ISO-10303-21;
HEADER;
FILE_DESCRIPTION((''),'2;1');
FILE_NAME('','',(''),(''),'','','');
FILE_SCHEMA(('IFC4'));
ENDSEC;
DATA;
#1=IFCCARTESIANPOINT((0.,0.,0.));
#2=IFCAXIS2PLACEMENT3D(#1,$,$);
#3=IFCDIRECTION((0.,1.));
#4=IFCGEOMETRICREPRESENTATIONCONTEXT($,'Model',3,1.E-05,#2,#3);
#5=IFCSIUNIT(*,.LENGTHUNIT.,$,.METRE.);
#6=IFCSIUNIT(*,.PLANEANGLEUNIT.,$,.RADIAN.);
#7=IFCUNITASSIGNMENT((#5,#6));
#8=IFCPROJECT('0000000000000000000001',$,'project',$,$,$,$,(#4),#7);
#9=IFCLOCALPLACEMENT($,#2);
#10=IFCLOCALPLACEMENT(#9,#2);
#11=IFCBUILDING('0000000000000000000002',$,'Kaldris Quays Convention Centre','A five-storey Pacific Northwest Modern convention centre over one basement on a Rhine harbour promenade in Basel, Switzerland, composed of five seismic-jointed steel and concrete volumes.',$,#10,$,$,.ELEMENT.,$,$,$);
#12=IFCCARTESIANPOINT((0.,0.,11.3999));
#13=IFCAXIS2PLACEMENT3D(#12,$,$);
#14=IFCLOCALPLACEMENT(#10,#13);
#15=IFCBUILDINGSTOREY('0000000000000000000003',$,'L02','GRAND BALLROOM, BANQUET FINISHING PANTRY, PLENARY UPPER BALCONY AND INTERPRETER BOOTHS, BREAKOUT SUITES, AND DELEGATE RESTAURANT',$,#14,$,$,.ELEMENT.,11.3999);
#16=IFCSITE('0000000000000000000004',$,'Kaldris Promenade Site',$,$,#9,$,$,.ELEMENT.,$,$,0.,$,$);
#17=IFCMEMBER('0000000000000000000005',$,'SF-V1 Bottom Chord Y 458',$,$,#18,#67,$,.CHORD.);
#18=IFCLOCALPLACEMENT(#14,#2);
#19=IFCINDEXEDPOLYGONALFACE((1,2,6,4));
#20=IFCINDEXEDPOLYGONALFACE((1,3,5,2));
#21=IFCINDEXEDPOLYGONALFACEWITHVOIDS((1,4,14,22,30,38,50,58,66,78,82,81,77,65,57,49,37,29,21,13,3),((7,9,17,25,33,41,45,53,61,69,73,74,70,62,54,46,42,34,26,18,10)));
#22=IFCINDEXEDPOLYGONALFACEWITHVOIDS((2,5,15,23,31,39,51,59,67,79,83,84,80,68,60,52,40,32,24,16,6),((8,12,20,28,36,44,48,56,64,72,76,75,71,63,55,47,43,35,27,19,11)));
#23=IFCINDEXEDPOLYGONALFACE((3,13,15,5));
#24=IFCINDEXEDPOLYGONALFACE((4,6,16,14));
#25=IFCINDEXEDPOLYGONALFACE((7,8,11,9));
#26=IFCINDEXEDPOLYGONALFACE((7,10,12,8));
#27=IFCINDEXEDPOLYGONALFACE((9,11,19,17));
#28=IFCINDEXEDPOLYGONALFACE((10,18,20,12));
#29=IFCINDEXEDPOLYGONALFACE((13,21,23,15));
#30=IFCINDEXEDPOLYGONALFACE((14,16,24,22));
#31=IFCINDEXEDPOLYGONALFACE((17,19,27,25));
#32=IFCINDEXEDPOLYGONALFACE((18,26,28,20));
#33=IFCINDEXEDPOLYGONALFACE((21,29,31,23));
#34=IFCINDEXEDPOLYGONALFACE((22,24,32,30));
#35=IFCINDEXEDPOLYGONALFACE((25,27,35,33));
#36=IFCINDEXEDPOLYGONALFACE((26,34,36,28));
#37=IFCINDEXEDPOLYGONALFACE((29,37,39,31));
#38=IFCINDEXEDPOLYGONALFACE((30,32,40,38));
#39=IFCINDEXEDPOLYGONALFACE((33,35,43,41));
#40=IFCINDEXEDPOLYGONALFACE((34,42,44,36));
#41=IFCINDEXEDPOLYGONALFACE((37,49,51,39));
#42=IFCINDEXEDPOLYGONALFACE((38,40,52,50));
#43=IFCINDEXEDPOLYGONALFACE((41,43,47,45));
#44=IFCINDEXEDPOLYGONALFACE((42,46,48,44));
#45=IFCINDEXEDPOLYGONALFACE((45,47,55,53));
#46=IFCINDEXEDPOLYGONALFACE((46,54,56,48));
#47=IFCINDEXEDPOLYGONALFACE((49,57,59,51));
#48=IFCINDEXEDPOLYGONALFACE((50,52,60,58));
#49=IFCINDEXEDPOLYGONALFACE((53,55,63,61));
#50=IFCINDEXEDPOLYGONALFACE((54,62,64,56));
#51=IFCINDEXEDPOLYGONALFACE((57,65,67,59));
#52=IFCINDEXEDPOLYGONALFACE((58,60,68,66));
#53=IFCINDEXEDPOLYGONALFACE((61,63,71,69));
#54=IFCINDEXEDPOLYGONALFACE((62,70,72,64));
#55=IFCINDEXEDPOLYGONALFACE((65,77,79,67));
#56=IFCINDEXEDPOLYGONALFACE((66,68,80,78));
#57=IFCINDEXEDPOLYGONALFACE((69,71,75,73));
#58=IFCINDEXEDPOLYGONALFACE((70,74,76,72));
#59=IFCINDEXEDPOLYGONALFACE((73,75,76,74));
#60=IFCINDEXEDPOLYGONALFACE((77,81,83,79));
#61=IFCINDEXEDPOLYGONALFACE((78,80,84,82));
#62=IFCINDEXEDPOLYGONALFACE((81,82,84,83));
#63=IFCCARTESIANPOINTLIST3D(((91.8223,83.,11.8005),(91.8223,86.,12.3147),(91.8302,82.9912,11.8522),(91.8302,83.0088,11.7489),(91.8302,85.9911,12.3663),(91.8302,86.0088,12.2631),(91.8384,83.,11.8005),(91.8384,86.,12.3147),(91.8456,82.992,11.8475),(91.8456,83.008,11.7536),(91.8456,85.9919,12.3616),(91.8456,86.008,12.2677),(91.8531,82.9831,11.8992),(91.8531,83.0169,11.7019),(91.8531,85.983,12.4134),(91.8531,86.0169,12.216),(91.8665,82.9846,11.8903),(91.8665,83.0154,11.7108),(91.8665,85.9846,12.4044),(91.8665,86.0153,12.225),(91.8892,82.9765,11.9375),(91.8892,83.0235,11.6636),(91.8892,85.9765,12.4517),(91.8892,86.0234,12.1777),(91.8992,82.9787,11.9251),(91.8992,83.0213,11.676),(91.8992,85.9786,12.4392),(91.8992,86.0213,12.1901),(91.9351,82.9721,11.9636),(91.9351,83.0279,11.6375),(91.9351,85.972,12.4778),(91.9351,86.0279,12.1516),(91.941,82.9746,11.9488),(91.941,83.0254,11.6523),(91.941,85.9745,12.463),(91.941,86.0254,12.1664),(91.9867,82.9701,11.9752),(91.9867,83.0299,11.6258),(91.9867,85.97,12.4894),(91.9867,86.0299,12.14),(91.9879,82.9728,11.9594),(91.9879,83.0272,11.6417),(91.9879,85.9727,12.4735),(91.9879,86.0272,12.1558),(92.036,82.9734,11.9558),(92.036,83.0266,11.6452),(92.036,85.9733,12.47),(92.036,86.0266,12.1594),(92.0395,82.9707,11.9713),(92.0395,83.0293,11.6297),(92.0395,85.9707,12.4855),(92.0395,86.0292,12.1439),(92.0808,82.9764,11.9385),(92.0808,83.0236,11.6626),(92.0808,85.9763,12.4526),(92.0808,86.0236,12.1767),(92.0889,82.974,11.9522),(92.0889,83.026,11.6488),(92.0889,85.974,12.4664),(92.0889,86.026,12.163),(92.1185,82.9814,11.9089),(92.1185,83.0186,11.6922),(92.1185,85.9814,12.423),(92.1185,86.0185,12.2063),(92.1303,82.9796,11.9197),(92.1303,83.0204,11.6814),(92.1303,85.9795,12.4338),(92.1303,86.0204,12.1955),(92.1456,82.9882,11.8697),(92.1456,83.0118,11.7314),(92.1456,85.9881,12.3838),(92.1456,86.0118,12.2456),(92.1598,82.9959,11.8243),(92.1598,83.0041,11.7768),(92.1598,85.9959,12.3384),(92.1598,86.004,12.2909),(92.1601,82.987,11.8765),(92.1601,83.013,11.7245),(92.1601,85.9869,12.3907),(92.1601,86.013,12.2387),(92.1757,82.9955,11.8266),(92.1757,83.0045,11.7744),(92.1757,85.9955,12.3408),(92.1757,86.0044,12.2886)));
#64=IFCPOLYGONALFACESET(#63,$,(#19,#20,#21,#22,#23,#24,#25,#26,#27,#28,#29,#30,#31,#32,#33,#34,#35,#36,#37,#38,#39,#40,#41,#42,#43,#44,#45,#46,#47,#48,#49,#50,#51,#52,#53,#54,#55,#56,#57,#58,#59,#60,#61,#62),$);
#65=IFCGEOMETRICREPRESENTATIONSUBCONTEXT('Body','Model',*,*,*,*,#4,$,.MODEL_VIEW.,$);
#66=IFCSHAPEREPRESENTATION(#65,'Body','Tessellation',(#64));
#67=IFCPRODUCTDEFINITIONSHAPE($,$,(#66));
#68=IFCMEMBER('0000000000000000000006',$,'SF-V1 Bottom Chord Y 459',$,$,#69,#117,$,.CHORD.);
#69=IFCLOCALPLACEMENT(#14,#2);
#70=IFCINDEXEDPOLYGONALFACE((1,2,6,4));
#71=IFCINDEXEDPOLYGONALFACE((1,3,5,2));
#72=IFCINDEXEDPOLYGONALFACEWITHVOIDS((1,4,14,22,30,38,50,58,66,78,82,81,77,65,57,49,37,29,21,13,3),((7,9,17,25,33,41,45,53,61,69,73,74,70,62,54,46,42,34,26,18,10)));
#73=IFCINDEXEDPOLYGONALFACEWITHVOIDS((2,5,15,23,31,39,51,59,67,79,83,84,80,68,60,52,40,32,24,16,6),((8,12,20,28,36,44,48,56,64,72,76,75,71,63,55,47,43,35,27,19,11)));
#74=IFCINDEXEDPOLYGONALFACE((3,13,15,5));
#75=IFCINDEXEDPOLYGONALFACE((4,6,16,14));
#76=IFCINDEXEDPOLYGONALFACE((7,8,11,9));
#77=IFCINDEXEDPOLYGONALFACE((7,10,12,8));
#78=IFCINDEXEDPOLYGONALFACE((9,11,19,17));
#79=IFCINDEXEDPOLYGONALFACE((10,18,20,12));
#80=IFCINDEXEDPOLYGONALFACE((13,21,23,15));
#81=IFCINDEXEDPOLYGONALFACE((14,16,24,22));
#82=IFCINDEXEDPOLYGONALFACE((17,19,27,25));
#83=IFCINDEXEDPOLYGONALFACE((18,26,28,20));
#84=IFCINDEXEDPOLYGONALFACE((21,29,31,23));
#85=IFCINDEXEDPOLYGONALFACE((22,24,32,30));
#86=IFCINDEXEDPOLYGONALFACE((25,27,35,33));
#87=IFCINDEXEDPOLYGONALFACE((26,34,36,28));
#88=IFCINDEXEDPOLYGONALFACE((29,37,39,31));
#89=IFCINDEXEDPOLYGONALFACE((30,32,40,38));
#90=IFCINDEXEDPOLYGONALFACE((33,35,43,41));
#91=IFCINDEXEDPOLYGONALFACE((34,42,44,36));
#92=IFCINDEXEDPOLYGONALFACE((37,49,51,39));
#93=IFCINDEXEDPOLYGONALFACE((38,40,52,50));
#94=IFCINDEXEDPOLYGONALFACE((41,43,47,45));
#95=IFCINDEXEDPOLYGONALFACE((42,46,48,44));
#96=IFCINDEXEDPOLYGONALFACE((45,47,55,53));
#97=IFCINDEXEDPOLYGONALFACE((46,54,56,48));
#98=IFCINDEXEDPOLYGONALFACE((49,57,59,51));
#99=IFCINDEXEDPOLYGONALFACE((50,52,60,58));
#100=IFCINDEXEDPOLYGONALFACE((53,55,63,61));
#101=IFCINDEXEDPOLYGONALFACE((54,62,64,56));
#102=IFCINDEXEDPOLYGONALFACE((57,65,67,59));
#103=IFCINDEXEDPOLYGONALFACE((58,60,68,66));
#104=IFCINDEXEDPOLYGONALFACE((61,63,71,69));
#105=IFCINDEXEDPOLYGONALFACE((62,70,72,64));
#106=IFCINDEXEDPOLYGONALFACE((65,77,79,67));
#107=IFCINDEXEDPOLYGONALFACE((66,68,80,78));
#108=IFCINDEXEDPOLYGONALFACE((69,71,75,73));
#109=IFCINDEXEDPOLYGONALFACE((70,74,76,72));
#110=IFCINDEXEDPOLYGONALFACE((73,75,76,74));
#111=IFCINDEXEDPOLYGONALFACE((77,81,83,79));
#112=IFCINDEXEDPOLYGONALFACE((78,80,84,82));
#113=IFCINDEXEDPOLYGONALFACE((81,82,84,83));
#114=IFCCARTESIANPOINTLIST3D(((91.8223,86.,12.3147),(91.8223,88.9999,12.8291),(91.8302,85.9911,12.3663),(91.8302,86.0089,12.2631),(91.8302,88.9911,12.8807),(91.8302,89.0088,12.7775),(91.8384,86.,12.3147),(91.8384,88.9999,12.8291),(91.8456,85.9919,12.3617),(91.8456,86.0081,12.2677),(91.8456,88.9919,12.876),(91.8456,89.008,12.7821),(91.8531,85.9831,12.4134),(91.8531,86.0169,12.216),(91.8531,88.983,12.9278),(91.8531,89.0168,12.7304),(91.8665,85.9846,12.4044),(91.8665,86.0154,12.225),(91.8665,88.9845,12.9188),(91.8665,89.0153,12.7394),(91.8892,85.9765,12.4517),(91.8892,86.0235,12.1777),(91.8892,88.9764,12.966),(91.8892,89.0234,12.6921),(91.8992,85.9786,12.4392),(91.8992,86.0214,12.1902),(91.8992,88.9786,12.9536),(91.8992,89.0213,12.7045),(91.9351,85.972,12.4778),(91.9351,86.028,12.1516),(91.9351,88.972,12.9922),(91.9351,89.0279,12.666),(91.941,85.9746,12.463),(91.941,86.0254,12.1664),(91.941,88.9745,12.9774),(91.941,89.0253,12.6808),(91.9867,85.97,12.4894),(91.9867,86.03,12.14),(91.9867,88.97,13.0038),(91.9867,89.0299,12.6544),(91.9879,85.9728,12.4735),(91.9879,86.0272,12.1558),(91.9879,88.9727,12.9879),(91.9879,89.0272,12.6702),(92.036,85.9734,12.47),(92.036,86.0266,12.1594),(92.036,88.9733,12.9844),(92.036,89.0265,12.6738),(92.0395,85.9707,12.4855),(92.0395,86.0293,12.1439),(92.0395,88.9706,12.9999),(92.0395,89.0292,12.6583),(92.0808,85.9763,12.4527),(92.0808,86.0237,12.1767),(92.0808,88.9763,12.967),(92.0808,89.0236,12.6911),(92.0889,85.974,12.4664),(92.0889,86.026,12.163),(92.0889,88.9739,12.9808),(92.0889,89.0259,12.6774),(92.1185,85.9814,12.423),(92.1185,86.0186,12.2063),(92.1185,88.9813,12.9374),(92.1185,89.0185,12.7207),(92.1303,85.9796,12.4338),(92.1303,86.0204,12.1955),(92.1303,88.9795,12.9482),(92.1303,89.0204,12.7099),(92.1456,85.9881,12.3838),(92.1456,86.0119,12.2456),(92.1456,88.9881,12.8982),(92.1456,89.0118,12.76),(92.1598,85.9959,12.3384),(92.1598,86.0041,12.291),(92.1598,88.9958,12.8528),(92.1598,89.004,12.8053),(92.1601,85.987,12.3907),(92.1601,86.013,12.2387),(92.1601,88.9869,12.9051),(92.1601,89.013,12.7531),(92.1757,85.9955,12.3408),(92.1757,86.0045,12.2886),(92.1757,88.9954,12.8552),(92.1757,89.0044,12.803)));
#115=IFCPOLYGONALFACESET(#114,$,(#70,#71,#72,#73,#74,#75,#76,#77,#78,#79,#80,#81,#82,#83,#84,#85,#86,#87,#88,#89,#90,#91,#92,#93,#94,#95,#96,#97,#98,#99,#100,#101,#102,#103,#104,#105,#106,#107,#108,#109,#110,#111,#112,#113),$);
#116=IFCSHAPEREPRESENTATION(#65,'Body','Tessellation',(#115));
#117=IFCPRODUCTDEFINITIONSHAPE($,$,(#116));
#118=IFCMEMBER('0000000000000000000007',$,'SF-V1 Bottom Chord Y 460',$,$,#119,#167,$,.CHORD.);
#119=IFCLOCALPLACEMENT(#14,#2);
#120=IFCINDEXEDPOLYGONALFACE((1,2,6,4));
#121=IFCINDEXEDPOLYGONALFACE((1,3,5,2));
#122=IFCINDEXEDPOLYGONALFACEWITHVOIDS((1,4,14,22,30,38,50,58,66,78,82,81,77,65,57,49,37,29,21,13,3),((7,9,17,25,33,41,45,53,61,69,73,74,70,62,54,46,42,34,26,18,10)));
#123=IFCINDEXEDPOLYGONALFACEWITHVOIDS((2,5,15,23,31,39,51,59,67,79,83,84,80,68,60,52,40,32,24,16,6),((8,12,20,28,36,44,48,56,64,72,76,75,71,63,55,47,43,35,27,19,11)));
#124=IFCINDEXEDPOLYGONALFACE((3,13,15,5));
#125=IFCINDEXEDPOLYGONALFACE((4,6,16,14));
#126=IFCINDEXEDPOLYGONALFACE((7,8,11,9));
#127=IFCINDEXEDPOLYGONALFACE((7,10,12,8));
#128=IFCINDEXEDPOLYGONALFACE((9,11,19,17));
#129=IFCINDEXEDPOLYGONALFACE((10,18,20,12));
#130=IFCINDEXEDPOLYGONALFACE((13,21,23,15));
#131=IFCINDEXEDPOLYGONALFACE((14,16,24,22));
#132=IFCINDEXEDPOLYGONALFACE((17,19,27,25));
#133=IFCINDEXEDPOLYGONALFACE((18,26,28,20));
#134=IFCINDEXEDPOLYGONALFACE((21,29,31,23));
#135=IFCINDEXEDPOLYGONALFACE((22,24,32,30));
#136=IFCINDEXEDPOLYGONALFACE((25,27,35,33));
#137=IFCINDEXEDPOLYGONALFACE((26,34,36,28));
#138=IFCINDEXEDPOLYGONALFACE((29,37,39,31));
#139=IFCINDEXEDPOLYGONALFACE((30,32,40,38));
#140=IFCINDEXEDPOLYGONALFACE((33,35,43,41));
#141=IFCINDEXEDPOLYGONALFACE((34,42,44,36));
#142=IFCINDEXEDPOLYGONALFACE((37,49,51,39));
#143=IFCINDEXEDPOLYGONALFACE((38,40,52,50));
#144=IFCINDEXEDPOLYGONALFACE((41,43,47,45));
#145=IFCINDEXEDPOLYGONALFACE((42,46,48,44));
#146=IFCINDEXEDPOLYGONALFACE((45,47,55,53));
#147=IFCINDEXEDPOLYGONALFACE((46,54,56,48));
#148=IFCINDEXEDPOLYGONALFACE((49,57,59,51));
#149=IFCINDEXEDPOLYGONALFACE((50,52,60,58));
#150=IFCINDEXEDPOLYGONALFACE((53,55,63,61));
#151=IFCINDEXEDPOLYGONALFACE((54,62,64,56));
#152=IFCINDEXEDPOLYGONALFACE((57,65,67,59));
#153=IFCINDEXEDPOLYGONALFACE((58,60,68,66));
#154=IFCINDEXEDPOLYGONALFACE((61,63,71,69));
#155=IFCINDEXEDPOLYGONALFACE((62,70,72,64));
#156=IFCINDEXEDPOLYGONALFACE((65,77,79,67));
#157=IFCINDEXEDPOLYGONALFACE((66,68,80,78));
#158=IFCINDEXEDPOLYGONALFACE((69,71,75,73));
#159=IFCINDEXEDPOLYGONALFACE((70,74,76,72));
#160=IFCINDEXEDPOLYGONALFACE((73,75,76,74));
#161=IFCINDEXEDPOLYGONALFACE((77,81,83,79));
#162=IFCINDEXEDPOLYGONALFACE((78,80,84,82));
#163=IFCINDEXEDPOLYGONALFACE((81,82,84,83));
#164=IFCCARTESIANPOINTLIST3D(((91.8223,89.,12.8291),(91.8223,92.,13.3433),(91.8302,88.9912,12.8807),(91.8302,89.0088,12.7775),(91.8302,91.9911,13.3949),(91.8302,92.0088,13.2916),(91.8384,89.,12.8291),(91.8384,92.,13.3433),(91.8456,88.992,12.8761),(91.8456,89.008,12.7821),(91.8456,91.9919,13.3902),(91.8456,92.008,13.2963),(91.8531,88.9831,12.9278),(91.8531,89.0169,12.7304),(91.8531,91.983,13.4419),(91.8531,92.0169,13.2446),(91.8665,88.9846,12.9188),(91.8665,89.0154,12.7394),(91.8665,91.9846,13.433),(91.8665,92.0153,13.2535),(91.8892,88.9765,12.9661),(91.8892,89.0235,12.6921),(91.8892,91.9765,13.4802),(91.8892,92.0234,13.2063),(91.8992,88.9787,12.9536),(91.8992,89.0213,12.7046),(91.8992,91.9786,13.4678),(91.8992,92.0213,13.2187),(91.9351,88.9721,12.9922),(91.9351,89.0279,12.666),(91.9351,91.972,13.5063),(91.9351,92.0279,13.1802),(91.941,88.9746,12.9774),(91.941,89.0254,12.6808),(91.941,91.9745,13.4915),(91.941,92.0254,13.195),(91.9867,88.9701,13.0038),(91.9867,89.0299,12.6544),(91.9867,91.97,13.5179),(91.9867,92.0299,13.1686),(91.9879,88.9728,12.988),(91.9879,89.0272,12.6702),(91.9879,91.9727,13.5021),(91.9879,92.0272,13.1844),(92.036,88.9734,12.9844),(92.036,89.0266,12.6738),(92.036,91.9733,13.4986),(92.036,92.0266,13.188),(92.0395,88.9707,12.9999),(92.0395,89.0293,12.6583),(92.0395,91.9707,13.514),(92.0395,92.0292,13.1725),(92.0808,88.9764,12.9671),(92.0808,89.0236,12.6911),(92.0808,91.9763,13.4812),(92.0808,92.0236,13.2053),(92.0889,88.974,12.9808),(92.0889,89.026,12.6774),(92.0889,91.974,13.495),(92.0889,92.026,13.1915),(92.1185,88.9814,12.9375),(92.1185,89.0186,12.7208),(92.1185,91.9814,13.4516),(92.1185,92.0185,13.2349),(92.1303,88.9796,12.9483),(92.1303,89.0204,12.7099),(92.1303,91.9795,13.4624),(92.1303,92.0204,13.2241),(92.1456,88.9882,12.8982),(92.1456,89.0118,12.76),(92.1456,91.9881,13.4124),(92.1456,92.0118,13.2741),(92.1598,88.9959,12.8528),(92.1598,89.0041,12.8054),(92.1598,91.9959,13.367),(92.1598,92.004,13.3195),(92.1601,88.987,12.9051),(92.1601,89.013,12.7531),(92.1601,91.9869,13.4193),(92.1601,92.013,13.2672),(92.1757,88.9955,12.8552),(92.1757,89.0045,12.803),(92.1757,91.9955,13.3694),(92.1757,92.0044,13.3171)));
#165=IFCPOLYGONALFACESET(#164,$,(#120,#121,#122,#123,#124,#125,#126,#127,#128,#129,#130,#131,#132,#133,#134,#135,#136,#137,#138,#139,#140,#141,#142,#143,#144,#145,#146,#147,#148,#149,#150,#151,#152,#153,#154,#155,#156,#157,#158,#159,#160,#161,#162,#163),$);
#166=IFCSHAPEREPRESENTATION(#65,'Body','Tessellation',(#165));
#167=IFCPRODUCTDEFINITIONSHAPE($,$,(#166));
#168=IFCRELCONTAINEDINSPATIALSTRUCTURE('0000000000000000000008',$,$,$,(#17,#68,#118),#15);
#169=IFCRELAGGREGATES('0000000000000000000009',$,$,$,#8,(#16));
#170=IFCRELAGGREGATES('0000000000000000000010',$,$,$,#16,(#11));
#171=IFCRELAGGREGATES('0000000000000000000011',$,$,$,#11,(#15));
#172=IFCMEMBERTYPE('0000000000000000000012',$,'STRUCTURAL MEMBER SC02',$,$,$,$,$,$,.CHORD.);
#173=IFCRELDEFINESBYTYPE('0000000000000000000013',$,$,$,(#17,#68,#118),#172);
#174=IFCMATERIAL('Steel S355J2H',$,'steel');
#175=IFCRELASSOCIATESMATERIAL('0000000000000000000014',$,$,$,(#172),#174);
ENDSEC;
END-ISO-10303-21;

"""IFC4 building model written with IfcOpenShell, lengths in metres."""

from ifc_helpers import new_model, si_unit, direction, frame, origin, origin_2d, place, context, subcontext, project, spatial, hollow_circle, extrude, material, material_profile, profile_set, type_object, element, save


model = new_model("IFC4")

# Units and contexts
model_context = context("Model", 3, precision=1e-05, world=origin(), true_north=direction((0.0, 1.0)))
body_context = subcontext(model_context, "Body", "Model", "MODEL_VIEW")
ifc_project = project(units=[si_unit("LENGTHUNIT", "METRE"), si_unit("PLANEANGLEUNIT", "RADIAN")], contexts=[model_context])

# Site, building, storey
site_placement = place(None, origin())
site = spatial("IfcSite", under=ifc_project, at=site_placement, Name="Kaldris Promenade Site", CompositionType="ELEMENT", RefElevation=0.0)
building_placement = place(site_placement, origin())
building = spatial("IfcBuilding", under=site, at=building_placement, Name="Kaldris Quays Convention Centre", Description="A five-storey Pacific Northwest Modern convention centre over one basement on a Rhine harbour promenade in Basel, Switzerland, composed of five seismic-jointed steel and concrete volumes.", CompositionType="ELEMENT")
storey_placement = place(building_placement, frame((0.0, 0.0, 11.3999)))
storey = spatial("IfcBuildingStorey", under=building, at=storey_placement, Name="L02", Description="GRAND BALLROOM, BANQUET FINISHING PANTRY, PLENARY UPPER BALCONY AND INTERPRETER BOOTHS, BREAKOUT SUITES, AND DELEGATE RESTAURANT", CompositionType="ELEMENT", Elevation=11.3999)

# Members
ifc_material = material(Name="Steel S355J2H", Category="steel")
ifc_material_profile_1 = material_profile(ifc_material, hollow_circle(Radius=0.1777, WallThickness=0.0161, at=origin_2d()), Name="CHS 355.6x16")
ifc_profile_set_1 = profile_set([ifc_material_profile_1], Name="Steel S355J2H")
member_type_1 = type_object("IfcMemberType", Name="STRUCTURAL MEMBER SC02", PredefinedType="CHORD", material=ifc_profile_set_1)
for number, where, z_axis, x_axis, name in (
    (1, (92.0, 83.0, 11.8005), (0.0, 0.985629, 0.168924), (-1.0, 0.0, 0.0), "SF-V1 Bottom Chord Y 458"),
    (2, (92.0, 86.0, 12.3147), (0.0, 0.985616, 0.169002), (-1.0, 0.0, 0.0), "SF-V1 Bottom Chord Y 459"),
    (3, (92.0, 89.0, 12.8291), (0.0, 0.985629, 0.168924), (-1.0, 0.0, 0.0), "SF-V1 Bottom Chord Y 460"),
):
    element("IfcMember", number, at=place(storey_placement, frame(where, z_axis=z_axis, x_axis=x_axis)), inside=storey, type_object=member_type_1, Name=name, PredefinedType="CHORD", context=body_context, shape_type="SweptSolid", body=[
        extrude(hollow_circle(Radius=0.1777, WallThickness=0.0161, at=origin_2d()), origin(), (0.0, 0.0, 1.0), 3.0437),
    ])

save(model, "model.ifc")
